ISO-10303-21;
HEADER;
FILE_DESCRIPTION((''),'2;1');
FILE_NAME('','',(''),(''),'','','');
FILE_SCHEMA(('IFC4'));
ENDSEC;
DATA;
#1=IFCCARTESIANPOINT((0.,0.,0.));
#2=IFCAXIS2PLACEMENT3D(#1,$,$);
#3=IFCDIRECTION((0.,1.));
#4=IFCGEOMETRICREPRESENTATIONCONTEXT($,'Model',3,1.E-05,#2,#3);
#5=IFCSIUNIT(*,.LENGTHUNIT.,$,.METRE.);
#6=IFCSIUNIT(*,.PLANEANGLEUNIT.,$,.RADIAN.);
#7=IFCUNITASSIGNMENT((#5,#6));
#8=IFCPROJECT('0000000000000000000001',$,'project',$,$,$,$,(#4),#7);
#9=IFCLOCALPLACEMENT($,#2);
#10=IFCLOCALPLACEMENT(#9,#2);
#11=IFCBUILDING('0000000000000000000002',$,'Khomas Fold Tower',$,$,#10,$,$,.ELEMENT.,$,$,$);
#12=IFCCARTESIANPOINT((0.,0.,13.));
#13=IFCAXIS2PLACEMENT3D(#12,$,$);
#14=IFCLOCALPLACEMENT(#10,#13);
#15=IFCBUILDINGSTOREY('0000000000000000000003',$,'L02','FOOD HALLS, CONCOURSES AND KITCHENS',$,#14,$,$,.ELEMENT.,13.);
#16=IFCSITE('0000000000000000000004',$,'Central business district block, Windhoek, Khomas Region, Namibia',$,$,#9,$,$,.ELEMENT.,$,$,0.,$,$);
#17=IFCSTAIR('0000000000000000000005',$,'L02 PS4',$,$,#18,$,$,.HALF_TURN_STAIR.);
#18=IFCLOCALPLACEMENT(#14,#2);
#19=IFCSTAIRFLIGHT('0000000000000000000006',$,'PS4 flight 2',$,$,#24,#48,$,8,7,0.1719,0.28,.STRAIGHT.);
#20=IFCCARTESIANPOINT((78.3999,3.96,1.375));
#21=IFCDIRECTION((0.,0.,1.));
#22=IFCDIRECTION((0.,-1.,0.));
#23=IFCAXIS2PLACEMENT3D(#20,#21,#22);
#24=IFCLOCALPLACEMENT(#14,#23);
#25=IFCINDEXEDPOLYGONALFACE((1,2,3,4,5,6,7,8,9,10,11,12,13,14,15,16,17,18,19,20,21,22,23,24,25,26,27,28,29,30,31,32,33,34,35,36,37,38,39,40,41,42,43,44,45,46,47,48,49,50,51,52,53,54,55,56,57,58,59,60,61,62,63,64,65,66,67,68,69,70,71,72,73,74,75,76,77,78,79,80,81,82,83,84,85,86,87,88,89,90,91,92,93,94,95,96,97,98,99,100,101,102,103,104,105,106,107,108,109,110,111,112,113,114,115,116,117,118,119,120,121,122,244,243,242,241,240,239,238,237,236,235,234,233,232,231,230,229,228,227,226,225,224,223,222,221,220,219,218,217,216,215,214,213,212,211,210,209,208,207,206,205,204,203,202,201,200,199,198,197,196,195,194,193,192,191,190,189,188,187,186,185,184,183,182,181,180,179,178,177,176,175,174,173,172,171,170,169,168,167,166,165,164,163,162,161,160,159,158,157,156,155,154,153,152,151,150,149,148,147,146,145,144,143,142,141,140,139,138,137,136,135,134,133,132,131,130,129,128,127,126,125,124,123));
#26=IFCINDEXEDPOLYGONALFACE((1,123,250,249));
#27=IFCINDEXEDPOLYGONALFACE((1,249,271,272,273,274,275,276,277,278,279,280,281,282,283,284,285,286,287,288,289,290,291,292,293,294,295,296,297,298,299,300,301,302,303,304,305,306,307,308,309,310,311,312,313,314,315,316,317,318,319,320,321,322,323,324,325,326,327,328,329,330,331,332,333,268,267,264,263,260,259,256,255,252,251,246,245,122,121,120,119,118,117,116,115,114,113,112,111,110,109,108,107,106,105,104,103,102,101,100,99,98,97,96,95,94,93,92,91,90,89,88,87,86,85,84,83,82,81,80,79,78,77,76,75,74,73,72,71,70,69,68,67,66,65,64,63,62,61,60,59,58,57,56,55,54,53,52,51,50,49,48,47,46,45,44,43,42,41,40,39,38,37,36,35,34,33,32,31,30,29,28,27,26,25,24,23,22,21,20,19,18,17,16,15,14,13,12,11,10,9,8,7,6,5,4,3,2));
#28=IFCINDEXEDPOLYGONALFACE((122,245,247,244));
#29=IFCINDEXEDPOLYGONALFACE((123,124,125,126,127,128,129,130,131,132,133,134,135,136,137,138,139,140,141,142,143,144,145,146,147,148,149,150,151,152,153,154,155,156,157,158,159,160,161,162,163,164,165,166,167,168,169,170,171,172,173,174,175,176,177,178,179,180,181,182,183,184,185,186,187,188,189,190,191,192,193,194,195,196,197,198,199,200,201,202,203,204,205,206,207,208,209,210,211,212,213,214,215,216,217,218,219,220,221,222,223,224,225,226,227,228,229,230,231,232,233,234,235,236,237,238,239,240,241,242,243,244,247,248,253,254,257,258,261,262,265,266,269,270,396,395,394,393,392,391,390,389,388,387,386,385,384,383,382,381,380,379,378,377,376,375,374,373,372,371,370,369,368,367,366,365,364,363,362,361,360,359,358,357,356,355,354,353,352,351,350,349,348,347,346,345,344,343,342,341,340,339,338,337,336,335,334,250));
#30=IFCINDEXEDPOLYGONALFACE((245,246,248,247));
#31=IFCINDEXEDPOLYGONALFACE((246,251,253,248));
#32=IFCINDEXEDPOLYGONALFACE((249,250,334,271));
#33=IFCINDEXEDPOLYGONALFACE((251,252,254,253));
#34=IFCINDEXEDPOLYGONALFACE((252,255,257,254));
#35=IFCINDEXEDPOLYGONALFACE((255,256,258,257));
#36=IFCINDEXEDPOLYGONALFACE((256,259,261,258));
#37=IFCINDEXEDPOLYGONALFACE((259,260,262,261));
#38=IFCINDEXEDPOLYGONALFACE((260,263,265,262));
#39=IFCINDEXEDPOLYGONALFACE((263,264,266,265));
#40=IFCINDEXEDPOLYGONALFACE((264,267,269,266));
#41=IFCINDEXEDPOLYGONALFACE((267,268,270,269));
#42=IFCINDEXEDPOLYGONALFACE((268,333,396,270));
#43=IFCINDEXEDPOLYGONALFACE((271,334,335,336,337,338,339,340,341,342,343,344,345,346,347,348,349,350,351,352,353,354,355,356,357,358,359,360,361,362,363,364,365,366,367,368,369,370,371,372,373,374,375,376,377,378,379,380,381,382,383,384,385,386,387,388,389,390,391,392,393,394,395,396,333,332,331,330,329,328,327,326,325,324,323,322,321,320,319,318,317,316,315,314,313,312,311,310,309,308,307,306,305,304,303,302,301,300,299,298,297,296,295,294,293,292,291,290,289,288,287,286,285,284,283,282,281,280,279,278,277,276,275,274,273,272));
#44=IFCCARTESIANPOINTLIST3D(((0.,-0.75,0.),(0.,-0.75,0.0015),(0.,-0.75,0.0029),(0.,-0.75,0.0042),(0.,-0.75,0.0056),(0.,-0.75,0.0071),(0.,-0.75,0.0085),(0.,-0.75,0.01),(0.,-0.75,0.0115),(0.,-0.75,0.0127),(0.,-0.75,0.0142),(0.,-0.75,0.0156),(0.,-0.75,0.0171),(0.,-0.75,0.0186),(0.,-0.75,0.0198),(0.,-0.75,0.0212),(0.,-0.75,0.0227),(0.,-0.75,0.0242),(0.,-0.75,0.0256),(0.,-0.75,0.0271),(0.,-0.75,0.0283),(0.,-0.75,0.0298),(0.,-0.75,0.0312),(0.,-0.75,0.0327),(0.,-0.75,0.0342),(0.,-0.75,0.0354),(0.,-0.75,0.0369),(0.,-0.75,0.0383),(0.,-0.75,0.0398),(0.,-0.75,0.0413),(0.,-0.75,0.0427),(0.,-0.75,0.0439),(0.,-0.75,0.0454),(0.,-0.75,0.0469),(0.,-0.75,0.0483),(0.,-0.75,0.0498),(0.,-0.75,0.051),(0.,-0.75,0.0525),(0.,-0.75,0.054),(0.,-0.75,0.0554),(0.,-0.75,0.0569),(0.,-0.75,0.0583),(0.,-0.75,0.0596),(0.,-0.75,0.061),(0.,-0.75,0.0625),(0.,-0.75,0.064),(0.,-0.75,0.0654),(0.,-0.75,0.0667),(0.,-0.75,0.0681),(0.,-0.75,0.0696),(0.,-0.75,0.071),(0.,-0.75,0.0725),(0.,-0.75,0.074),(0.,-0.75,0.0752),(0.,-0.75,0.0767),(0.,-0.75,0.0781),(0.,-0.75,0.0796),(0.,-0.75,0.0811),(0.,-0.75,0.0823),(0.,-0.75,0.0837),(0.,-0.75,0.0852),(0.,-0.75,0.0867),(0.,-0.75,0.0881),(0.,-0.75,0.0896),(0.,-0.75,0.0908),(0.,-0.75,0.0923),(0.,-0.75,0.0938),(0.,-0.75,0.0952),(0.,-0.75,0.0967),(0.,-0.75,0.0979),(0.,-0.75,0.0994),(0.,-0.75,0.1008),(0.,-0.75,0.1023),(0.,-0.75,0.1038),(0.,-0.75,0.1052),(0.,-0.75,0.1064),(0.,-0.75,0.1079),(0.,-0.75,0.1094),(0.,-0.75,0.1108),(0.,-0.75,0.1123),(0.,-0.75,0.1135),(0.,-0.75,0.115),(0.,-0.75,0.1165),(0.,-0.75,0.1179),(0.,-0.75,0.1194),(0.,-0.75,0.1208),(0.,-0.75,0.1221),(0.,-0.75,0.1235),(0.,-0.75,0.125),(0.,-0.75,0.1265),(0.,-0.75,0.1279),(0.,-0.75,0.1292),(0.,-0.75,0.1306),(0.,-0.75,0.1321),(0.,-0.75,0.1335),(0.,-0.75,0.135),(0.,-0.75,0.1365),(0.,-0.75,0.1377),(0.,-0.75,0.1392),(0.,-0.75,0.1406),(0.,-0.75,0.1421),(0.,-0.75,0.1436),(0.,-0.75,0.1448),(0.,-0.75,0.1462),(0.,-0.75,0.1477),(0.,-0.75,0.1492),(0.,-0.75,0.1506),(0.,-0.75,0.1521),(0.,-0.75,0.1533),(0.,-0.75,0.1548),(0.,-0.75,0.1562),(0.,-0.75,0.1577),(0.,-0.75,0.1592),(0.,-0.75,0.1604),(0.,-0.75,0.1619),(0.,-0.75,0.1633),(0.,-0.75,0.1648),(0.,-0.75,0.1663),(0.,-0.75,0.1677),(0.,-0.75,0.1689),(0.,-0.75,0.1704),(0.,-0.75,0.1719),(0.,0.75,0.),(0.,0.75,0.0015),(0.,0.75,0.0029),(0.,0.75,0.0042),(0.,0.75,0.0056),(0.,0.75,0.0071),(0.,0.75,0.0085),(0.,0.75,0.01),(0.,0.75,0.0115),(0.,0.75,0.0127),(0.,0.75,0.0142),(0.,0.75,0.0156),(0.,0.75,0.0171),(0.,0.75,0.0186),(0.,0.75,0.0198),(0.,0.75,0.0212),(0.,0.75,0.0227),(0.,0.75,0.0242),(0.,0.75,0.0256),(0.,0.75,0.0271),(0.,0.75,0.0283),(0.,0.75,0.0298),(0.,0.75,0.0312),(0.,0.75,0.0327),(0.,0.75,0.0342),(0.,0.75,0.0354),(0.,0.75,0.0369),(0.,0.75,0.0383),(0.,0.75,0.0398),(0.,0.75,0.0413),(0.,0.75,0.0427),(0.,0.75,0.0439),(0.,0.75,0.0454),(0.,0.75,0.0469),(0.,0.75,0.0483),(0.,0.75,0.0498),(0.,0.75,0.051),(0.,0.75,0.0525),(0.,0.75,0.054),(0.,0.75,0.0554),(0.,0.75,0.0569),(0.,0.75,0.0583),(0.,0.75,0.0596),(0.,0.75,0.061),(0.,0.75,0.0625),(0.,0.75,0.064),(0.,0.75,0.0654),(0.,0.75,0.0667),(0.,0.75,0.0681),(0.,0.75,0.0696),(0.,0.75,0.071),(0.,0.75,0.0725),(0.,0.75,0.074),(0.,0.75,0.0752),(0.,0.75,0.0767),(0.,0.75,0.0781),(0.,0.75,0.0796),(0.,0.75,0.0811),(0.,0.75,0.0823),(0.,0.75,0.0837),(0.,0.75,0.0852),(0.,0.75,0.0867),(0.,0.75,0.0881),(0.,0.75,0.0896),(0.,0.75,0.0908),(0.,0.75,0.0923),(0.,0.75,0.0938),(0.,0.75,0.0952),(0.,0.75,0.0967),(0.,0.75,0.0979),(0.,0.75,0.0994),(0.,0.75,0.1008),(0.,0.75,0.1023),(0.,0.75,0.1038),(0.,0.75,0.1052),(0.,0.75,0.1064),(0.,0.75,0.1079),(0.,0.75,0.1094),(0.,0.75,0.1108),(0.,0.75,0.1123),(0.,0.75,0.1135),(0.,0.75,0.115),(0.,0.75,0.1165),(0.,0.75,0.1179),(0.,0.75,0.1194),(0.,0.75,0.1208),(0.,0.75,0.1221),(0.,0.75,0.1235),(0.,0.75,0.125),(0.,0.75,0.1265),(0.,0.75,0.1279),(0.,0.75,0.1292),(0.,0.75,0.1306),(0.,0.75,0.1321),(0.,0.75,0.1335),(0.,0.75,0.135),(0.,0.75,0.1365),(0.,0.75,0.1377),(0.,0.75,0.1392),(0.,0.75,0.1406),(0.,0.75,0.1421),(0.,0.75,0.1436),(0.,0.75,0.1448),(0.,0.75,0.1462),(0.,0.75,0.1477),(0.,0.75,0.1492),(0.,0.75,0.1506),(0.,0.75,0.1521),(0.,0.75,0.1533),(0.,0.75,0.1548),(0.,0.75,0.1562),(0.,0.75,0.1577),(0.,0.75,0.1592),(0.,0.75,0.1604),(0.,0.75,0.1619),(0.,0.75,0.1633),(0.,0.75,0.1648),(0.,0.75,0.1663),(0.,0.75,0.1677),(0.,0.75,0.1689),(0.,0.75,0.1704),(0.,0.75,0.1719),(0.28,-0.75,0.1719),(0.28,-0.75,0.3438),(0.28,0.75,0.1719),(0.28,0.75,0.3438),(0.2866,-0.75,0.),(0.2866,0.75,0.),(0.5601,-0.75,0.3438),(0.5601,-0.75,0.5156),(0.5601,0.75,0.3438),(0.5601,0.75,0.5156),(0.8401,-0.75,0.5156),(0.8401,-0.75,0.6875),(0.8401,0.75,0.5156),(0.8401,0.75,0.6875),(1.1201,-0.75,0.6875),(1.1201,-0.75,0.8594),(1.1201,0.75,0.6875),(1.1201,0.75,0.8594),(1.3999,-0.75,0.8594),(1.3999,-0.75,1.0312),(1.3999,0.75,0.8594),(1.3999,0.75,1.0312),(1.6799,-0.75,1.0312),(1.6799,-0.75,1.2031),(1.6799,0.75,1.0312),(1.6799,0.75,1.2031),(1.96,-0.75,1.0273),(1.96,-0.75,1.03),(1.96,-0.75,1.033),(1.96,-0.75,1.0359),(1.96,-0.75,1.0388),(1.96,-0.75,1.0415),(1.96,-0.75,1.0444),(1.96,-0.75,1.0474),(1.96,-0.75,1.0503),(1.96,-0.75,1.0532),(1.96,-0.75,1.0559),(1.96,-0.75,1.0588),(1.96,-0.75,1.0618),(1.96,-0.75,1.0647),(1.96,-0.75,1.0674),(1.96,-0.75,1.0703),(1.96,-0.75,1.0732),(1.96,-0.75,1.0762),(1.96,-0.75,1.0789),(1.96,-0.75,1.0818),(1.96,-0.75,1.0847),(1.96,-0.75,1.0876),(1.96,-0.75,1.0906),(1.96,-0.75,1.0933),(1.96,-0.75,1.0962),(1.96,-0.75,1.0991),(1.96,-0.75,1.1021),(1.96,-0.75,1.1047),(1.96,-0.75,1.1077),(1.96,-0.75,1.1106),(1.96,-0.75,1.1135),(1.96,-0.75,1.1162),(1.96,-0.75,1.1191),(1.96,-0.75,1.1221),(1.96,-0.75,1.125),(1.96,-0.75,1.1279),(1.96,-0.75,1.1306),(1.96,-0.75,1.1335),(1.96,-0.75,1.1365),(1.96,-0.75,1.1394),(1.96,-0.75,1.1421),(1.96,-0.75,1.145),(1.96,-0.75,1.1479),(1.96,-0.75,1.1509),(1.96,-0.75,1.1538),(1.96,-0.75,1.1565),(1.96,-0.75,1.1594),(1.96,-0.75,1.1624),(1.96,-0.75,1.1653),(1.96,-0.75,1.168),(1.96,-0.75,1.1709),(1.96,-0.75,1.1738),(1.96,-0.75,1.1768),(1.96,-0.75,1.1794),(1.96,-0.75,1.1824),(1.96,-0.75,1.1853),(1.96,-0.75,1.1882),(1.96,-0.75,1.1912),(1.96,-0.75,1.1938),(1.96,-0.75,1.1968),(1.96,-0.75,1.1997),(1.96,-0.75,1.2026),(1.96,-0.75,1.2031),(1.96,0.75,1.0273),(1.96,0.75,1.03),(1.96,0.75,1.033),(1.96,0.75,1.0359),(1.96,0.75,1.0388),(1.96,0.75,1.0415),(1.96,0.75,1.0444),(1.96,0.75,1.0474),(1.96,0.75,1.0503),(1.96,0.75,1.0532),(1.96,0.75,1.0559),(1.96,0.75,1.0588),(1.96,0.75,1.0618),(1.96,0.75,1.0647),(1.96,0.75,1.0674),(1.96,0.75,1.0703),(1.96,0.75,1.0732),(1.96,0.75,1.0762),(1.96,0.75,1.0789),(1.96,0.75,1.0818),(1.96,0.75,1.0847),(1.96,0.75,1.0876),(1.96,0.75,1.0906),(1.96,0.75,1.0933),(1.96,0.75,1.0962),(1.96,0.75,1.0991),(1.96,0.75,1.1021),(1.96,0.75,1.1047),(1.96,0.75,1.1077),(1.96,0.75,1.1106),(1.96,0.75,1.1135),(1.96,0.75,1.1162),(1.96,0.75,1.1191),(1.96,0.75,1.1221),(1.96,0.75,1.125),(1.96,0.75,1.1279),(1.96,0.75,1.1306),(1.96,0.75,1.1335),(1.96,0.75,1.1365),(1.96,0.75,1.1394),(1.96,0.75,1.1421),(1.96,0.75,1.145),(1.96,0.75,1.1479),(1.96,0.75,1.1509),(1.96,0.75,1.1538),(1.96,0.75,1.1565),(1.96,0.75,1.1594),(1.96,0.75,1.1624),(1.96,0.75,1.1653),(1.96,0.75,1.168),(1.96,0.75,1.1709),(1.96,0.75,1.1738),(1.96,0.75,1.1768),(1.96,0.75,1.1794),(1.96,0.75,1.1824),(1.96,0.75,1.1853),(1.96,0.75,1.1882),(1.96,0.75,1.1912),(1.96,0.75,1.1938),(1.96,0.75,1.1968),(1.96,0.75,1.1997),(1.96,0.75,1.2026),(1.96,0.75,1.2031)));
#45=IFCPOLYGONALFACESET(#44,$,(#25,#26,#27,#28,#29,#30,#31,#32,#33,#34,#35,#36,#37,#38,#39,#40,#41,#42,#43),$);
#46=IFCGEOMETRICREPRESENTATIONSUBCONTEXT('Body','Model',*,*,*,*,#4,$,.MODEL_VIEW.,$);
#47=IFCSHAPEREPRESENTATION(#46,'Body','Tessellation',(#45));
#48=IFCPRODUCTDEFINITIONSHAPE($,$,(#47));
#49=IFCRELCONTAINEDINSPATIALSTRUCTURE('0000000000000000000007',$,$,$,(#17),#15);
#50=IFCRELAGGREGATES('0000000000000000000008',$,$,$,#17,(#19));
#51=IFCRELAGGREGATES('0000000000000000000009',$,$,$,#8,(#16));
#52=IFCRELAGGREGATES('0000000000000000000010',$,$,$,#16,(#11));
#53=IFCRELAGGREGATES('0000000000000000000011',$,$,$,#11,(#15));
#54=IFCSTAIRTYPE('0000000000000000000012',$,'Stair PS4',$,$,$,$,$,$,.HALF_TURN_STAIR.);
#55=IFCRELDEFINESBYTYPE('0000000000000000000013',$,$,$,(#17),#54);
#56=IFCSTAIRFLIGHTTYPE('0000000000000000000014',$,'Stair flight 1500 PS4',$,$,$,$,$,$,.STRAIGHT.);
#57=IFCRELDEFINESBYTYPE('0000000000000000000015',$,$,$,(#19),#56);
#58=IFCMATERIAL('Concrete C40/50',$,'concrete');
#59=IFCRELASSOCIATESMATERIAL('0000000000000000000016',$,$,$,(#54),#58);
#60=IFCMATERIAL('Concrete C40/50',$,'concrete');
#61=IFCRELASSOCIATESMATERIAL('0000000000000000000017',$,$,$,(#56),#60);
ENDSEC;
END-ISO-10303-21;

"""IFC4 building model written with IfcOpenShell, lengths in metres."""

from ifc_helpers import new_model, si_unit, direction, frame, origin, place, context, subcontext, project, spatial, polyline, outline, extrude, source, transform, mapped, material, type_object, element, aggregate, save


model = new_model("IFC4")

# Units and contexts
model_context = context("Model", 3, precision=1e-05, world=origin(), true_north=direction((0.0, 1.0)))
body_context = subcontext(model_context, "Body", "Model", "MODEL_VIEW")
ifc_project = project(units=[si_unit("LENGTHUNIT", "METRE"), si_unit("PLANEANGLEUNIT", "RADIAN")], contexts=[model_context])

# Site, building, storey
site_placement = place(None, origin())
site = spatial("IfcSite", under=ifc_project, at=site_placement, Name="Central business district block, Windhoek, Khomas Region, Namibia", CompositionType="ELEMENT", RefElevation=0.0)
building_placement = place(site_placement, origin())
building = spatial("IfcBuilding", under=site, at=building_placement, Name="Khomas Fold Tower", CompositionType="ELEMENT")
storey_placement = place(building_placement, frame((0.0, 0.0, 13.0)))
storey = spatial("IfcBuildingStorey", under=building, at=storey_placement, Name="L02", Description="FOOD HALLS, CONCOURSES AND KITCHENS", CompositionType="ELEMENT", Elevation=13.0)

# Stair, stair flight
ifc_material_1 = material(Name="Concrete C40/50", Category="concrete")
stair_type = type_object("IfcStairType", Name="Stair PS4", PredefinedType="HALF_TURN_STAIR", material=ifc_material_1)
stair_placement = place(storey_placement, origin())
stair = element("IfcStair", 1, at=stair_placement, inside=storey, type_object=stair_type, Name="L02 PS4", PredefinedType="HALF_TURN_STAIR")
ifc_material_2 = material(Name="Concrete C40/50", Category="concrete")
stair_flight_type = type_object("IfcStairFlightType", Name="Stair flight 1500 PS4", PredefinedType="STRAIGHT", material=ifc_material_2)
shared_shape_1 = source(origin(), body_context, "Body", "SweptSolid", [
    extrude(outline(polyline([(0.0, 0.0), (0.0, 0.0015), (0.0, 0.0029), (0.0, 0.0042), (0.0, 0.0056), (0.0, 0.0071), (0.0, 0.0085), (0.0, 0.01), (0.0, 0.0115), (0.0, 0.0127), (0.0, 0.0142), (0.0, 0.0156), (0.0, 0.0171), (0.0, 0.0186), (0.0, 0.0198), (0.0, 0.0212), (0.0, 0.0227), (0.0, 0.0242), (0.0, 0.0256), (0.0, 0.0271), (0.0, 0.0283), (0.0, 0.0298), (0.0, 0.0312), (0.0, 0.0327), (0.0, 0.0342), (0.0, 0.0354), (0.0, 0.0369), (0.0, 0.0383), (0.0, 0.0398), (0.0, 0.0413), (0.0, 0.0427), (0.0, 0.0439), (0.0, 0.0454), (0.0, 0.0469), (0.0, 0.0483), (0.0, 0.0498), (0.0, 0.051), (0.0, 0.0525), (0.0, 0.054), (0.0, 0.0554), (0.0, 0.0569), (0.0, 0.0583), (0.0, 0.0596), (0.0, 0.061), (0.0, 0.0625), (0.0, 0.064), (0.0, 0.0654), (0.0, 0.0667), (0.0, 0.0681), (0.0, 0.0696), (0.0, 0.071), (0.0, 0.0725), (0.0, 0.074), (0.0, 0.0752), (0.0, 0.0767), (0.0, 0.0781), (0.0, 0.0796), (0.0, 0.0811), (0.0, 0.0823), (0.0, 0.0837), (0.0, 0.0852), (0.0, 0.0867), (0.0, 0.0881), (0.0, 0.0896), (0.0, 0.0908), (0.0, 0.0923), (0.0, 0.0938), (0.0, 0.0952), (0.0, 0.0967), (0.0, 0.0979), (0.0, 0.0994), (0.0, 0.1008), (0.0, 0.1023), (0.0, 0.1038), (0.0, 0.1052), (0.0, 0.1064), (0.0, 0.1079), (0.0, 0.1094), (0.0, 0.1108), (0.0, 0.1123), (0.0, 0.1135), (0.0, 0.115), (0.0, 0.1165), (0.0, 0.1179), (0.0, 0.1194), (0.0, 0.1208), (0.0, 0.1221), (0.0, 0.1235), (0.0, 0.125), (0.0, 0.1265), (0.0, 0.1279), (0.0, 0.1292), (0.0, 0.1306), (0.0, 0.1321), (0.0, 0.1335), (0.0, 0.135), (0.0, 0.1365), (0.0, 0.1377), (0.0, 0.1392), (0.0, 0.1406), (0.0, 0.1421), (0.0, 0.1436), (0.0, 0.1448), (0.0, 0.1462), (0.0, 0.1477), (0.0, 0.1492), (0.0, 0.1506), (0.0, 0.1521), (0.0, 0.1533), (0.0, 0.1548), (0.0, 0.1562), (0.0, 0.1577), (0.0, 0.1592), (0.0, 0.1604), (0.0, 0.1619), (0.0, 0.1633), (0.0, 0.1648), (0.0, 0.1663), (0.0, 0.1677), (0.0, 0.1689), (0.0, 0.1704), (0.0, 0.1719), (0.28, 0.1719), (0.28, 0.3438), (0.5601, 0.3438), (0.5601, 0.5156), (0.8401, 0.5156), (0.8401, 0.6875), (1.1201, 0.6875), (1.1201, 0.8594), (1.3999, 0.8594), (1.3999, 1.0312), (1.6799, 1.0312), (1.6799, 1.2031), (1.96, 1.2031), (1.96, 1.375), (1.96, 1.3721), (1.96, 1.3691), (1.96, 1.3665), (1.96, 1.3635), (1.96, 1.3606), (1.96, 1.3577), (1.96, 1.355), (1.96, 1.3521), (1.96, 1.3491), (1.96, 1.3462), (1.96, 1.3435), (1.96, 1.3406), (1.96, 1.3376), (1.96, 1.3347), (1.96, 1.3318), (1.96, 1.3291), (1.96, 1.3262), (1.96, 1.3232), (1.96, 1.3203), (1.96, 1.3176), (1.96, 1.3147), (1.96, 1.3118), (1.96, 1.3088), (1.96, 1.3059), (1.96, 1.3032), (1.96, 1.3003), (1.96, 1.2974), (1.96, 1.2944), (1.96, 1.2917), (1.96, 1.2888), (1.96, 1.2859), (1.96, 1.283), (1.96, 1.2803), (1.96, 1.2773), (1.96, 1.2744), (1.96, 1.2715), (1.96, 1.2686), (1.96, 1.2659), (1.96, 1.2629), (1.96, 1.26), (1.96, 1.2571), (1.96, 1.2544), (1.96, 1.2515), (1.96, 1.2485), (1.96, 1.2456), (1.96, 1.2427), (1.96, 1.24), (1.96, 1.2371), (1.96, 1.2341), (1.96, 1.2312), (1.96, 1.2285), (1.96, 1.2256), (1.96, 1.2227), (1.96, 1.2197), (1.96, 1.217), (1.96, 1.2141), (1.96, 1.2112), (1.96, 1.2083), (1.96, 1.2053), (1.96, 1.2026), (1.96, 1.1997), (1.96, 1.1968), (1.96, 1.1938), (1.96, 1.1912), (1.96, 1.1882), (1.96, 1.1853), (1.96, 1.1824), (1.96, 1.1794), (1.96, 1.1768), (1.96, 1.1738), (1.96, 1.1709), (1.96, 1.168), (1.96, 1.1653), (1.96, 1.1624), (1.96, 1.1594), (1.96, 1.1565), (1.96, 1.1538), (1.96, 1.1509), (1.96, 1.1479), (1.96, 1.145), (1.96, 1.1421), (1.96, 1.1394), (1.96, 1.1365), (1.96, 1.1335), (1.96, 1.1306), (1.96, 1.1279), (1.96, 1.125), (1.96, 1.1221), (1.96, 1.1191), (1.96, 1.1162), (1.96, 1.1135), (1.96, 1.1106), (1.96, 1.1077), (1.96, 1.1047), (1.96, 1.1021), (1.96, 1.0991), (1.96, 1.0962), (1.96, 1.0933), (1.96, 1.0906), (1.96, 1.0876), (1.96, 1.0847), (1.96, 1.0818), (1.96, 1.0789), (1.96, 1.0762), (1.96, 1.0732), (1.96, 1.0703), (1.96, 1.0674), (1.96, 1.0647), (1.96, 1.0618), (1.96, 1.0588), (1.96, 1.0559), (1.96, 1.0532), (1.96, 1.0503), (1.96, 1.0474), (1.96, 1.0444), (1.96, 1.0415), (1.96, 1.0388), (1.96, 1.0359), (1.96, 1.033), (1.96, 1.03), (1.96, 1.0273), (0.2866, 0.0), (0.0, 0.0)])), frame((0.0, 0.75, 0.0), z_axis=(0.0, -1.0, 0.0), x_axis=(1.0, 0.0, 0.0)), (0.0, 0.0, 1.0), 1.5),
])
stair_flight_1_placement = place(storey_placement, frame((78.3999, 3.96, 1.375), z_axis=(0.0, 0.0, 1.0), x_axis=(0.0, -1.0, 0.0)))
stair_flight_1 = element("IfcStairFlight", 2, at=stair_flight_1_placement, type_object=stair_flight_type, Name="PS4 flight 2", NumberOfRisers=8, NumberOfTreads=7, PredefinedType="STRAIGHT", RiserHeight=0.1719, TreadLength=0.28, context=body_context, shape_type="MappedRepresentation", body=[
    mapped(shared_shape_1, transform((0.0, 0.0, 0.0))),
])
aggregate(stair, [stair_flight_1])

save(model, "model.ifc")
